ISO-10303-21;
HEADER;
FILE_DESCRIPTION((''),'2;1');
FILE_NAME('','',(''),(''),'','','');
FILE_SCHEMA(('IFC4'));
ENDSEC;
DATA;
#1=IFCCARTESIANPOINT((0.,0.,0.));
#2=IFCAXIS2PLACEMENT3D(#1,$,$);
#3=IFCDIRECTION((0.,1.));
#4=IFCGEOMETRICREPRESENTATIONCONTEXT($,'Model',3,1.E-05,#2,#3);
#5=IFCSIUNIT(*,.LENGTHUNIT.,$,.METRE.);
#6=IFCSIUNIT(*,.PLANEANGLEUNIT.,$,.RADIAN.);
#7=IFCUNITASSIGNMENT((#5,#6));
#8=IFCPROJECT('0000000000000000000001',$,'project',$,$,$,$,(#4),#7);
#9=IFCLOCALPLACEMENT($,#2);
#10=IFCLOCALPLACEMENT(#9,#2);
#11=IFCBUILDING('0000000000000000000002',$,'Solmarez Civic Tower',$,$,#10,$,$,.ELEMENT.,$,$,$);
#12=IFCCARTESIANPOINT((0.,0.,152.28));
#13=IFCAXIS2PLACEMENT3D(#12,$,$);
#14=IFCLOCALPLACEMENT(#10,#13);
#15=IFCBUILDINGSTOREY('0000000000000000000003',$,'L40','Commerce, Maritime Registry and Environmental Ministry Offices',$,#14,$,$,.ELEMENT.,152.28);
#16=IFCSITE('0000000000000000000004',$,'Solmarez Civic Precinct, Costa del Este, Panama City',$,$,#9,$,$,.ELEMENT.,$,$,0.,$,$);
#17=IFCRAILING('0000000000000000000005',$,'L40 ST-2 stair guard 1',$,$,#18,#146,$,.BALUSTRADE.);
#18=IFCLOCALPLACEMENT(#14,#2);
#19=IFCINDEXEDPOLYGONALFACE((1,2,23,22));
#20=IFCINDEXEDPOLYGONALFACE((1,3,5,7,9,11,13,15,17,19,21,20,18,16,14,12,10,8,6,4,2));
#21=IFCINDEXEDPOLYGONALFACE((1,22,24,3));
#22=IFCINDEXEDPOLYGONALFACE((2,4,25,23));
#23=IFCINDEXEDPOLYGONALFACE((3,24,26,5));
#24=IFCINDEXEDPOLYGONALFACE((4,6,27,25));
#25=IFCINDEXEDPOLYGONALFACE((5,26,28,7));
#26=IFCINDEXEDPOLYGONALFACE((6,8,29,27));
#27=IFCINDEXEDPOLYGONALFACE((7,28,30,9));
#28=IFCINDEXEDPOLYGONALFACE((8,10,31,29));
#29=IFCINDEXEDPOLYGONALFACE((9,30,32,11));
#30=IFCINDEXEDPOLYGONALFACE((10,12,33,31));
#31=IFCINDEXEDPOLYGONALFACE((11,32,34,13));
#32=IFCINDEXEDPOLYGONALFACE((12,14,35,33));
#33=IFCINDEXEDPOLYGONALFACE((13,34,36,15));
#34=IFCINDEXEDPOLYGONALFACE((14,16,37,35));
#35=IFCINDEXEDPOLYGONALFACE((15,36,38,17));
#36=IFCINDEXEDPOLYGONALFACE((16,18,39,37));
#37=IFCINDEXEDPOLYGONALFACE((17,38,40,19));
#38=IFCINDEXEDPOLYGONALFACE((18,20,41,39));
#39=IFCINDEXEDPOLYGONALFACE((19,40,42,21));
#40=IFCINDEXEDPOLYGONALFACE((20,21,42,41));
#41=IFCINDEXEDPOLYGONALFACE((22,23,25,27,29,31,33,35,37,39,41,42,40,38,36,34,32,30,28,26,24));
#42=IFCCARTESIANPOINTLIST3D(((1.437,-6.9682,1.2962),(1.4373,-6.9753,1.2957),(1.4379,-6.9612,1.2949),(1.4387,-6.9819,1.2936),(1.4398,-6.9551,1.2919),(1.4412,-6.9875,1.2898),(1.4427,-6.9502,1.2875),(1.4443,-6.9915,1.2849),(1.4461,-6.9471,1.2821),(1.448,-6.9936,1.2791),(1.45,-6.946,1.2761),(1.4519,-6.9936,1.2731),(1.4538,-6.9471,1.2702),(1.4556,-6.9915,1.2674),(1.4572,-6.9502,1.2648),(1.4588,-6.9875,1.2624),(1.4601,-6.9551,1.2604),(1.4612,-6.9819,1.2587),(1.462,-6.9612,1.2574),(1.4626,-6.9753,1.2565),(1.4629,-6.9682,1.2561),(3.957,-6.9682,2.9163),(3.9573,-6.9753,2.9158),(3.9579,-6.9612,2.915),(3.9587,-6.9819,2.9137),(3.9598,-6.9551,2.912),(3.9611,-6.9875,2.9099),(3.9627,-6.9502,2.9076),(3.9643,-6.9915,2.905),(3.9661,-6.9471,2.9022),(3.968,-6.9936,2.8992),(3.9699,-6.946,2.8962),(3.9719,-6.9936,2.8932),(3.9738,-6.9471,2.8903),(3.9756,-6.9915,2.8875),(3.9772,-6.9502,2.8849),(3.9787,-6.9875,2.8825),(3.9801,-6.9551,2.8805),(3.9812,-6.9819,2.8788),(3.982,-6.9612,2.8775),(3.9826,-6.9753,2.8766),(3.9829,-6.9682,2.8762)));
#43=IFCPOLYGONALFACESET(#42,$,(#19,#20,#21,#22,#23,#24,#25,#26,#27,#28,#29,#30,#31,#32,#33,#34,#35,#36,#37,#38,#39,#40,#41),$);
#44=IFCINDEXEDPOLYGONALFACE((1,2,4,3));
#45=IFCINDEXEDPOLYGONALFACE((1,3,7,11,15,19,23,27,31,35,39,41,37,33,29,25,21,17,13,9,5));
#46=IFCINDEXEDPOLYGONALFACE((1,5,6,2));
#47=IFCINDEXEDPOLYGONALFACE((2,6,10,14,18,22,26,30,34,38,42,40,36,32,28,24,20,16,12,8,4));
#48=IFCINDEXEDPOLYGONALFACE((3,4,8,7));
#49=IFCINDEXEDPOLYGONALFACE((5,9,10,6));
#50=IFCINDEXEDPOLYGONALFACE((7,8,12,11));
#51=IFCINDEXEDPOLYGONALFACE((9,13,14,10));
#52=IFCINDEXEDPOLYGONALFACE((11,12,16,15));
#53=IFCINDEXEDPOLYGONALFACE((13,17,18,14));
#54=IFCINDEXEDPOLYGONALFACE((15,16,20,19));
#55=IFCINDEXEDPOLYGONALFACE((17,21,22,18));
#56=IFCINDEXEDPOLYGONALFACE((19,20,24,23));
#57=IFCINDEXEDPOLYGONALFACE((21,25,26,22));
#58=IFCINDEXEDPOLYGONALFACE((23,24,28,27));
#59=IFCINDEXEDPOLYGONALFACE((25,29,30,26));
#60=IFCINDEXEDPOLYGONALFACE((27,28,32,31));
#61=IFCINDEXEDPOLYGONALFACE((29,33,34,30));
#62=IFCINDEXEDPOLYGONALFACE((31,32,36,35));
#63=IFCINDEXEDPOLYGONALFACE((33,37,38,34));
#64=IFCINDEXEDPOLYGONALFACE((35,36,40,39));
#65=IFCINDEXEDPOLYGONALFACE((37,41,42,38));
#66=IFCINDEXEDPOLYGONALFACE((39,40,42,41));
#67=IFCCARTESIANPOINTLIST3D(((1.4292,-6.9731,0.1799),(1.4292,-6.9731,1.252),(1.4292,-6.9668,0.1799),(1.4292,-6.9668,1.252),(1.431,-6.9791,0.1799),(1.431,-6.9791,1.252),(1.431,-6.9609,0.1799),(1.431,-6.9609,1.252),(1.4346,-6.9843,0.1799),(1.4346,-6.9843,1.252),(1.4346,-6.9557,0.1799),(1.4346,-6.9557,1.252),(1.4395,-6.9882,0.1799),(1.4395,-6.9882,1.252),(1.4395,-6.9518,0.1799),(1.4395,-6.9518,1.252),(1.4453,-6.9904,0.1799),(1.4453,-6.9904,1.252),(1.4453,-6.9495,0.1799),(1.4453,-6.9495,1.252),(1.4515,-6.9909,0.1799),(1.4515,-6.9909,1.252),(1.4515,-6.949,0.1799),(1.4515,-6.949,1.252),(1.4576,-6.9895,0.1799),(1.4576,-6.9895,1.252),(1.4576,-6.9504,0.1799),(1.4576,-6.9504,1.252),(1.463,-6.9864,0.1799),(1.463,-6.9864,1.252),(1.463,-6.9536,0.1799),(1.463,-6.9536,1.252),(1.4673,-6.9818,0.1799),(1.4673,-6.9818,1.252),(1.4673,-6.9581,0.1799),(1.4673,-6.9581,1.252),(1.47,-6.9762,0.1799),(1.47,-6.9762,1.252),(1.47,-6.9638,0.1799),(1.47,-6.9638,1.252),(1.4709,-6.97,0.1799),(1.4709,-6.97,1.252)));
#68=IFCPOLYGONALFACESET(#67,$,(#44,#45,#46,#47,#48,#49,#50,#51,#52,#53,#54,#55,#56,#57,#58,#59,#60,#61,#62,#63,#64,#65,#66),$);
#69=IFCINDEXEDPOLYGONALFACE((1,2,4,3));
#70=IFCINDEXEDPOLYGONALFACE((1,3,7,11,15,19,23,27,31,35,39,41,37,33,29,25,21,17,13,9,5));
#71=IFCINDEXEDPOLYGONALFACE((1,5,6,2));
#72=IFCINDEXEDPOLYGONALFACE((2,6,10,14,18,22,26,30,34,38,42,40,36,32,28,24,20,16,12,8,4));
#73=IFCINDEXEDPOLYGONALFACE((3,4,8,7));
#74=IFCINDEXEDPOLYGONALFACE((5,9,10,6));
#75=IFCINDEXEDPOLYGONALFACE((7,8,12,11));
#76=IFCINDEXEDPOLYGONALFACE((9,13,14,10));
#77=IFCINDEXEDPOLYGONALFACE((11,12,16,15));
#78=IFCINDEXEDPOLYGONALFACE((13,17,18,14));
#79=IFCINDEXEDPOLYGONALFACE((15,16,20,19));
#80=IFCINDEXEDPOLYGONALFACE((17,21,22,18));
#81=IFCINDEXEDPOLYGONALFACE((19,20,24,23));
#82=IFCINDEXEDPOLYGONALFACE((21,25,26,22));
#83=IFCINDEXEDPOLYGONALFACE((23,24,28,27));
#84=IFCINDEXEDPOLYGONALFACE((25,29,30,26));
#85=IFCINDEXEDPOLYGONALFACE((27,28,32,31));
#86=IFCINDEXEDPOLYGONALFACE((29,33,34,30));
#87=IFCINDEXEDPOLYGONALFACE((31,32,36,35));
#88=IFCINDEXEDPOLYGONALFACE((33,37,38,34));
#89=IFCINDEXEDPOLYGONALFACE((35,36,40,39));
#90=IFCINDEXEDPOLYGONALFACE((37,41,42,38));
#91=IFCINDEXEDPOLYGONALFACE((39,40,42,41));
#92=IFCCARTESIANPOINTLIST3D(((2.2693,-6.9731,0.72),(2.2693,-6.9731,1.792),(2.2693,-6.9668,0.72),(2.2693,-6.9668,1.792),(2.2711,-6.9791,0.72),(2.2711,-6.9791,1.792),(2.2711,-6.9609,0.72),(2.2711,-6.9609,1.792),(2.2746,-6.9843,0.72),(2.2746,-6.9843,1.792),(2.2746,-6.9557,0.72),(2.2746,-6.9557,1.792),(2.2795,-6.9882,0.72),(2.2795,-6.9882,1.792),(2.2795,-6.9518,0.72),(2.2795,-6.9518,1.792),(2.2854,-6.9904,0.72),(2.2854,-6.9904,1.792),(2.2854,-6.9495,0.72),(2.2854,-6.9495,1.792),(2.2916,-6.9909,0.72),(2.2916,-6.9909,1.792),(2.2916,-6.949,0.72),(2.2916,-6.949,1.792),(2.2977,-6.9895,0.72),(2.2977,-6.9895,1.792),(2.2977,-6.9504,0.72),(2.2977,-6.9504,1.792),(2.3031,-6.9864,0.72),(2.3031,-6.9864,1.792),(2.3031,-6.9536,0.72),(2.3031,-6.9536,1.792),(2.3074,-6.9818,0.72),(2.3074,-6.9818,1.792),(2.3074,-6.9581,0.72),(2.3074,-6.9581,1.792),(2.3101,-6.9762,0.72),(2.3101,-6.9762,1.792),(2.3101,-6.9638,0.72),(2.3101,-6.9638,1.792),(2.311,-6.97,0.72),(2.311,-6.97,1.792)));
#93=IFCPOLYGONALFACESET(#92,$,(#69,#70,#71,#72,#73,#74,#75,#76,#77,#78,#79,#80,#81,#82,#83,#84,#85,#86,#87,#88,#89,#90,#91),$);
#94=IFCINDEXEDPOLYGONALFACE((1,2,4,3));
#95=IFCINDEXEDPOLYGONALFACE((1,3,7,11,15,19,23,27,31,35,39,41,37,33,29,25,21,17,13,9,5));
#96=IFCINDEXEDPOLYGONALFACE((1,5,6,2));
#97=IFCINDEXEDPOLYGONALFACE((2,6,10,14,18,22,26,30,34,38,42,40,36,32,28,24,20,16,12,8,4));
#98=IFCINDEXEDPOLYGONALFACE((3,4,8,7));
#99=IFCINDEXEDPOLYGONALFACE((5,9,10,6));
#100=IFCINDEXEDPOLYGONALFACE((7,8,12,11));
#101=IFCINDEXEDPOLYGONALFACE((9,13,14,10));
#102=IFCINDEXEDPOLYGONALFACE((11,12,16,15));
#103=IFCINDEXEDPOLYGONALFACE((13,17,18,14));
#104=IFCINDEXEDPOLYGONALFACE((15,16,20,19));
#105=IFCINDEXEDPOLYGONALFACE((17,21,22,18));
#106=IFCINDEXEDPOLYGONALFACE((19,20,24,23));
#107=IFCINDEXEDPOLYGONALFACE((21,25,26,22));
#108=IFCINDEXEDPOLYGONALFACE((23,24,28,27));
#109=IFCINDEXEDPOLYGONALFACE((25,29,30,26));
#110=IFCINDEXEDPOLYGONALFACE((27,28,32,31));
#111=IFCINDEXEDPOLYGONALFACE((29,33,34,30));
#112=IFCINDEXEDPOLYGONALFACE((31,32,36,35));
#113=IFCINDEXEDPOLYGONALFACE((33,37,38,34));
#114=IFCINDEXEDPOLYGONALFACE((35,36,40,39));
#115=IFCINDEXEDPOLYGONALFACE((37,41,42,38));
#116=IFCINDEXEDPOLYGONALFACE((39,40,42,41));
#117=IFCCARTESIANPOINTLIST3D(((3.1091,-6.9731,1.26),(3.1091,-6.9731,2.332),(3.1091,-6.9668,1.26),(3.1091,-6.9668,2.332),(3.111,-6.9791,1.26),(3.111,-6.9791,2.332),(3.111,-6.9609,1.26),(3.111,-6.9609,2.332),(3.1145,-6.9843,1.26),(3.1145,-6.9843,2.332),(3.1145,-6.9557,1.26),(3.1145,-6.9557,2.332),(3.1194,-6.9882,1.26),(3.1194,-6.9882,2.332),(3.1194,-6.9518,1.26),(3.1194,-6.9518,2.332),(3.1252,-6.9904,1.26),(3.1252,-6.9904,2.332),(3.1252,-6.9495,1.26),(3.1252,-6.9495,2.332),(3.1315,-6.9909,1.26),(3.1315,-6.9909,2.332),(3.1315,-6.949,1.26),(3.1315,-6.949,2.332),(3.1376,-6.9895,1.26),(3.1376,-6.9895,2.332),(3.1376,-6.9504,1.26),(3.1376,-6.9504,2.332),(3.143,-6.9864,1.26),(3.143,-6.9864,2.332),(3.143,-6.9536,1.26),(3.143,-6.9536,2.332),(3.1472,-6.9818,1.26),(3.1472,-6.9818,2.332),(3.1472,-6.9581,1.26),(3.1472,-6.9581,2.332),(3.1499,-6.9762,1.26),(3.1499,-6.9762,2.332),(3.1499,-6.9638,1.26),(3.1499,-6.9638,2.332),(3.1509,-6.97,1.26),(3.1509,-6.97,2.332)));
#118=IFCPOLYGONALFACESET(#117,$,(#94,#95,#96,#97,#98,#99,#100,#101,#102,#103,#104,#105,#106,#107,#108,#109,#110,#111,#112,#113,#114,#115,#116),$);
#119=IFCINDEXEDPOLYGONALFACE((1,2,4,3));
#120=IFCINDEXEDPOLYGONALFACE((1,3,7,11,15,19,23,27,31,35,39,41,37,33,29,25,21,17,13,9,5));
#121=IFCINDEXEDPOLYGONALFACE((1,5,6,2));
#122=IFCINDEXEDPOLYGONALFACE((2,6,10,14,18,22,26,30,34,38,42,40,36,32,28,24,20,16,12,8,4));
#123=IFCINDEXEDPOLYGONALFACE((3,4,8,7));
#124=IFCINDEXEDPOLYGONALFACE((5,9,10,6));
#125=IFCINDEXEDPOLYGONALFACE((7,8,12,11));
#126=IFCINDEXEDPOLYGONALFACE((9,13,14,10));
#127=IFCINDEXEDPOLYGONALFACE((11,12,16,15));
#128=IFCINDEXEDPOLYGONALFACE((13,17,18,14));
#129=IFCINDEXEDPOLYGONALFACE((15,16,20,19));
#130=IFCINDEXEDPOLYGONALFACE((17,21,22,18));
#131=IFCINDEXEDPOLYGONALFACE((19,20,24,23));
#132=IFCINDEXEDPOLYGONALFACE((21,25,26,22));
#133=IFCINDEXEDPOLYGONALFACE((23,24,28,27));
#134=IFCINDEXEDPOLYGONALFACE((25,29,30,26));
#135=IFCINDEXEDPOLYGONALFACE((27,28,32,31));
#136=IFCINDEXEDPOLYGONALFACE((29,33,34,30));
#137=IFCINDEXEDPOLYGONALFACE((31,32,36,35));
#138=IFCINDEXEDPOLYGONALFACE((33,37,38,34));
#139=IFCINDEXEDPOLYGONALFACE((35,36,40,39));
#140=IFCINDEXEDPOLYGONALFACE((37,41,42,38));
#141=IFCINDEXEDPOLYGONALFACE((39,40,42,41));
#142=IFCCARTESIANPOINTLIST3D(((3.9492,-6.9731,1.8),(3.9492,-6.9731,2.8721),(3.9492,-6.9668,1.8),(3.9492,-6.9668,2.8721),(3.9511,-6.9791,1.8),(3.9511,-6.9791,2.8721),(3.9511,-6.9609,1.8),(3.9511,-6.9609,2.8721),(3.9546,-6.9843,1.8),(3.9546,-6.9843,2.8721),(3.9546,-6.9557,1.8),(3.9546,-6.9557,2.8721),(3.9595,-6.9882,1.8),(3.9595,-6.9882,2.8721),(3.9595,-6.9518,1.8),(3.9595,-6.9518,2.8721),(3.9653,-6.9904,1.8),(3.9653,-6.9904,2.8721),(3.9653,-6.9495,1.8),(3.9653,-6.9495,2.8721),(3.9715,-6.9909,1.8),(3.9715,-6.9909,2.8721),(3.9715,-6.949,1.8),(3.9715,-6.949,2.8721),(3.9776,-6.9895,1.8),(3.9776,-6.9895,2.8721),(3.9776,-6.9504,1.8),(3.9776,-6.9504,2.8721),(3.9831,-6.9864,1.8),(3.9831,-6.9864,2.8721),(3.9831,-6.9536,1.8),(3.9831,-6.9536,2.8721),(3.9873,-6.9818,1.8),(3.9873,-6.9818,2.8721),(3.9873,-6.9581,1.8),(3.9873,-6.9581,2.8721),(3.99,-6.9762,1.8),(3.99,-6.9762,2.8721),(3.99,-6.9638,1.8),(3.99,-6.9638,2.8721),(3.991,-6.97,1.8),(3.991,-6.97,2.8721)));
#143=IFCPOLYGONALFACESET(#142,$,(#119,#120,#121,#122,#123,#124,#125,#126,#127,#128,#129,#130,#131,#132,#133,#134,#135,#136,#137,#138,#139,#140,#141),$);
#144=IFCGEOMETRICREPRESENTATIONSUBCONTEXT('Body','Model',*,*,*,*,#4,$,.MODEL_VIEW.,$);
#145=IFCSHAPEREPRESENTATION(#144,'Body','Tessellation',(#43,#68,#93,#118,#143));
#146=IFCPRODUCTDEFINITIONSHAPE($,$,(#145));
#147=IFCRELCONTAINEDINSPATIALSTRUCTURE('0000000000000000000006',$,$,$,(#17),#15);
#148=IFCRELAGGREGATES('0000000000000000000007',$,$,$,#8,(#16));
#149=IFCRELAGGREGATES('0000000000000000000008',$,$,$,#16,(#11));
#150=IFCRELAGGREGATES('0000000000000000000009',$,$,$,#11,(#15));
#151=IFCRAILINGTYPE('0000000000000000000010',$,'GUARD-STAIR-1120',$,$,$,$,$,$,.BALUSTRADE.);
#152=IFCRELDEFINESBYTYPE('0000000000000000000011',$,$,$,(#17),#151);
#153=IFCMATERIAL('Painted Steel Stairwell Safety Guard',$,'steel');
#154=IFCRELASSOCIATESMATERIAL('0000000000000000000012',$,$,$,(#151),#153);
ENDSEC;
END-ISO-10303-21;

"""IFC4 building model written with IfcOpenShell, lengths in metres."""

from ifc_helpers import new_model, si_unit, direction, frame, origin, origin_2d, place, context, subcontext, project, spatial, circle, extrude, material, type_object, element, save


model = new_model("IFC4")

# Units and contexts
model_context = context("Model", 3, precision=1e-05, world=origin(), true_north=direction((0.0, 1.0)))
body_context = subcontext(model_context, "Body", "Model", "MODEL_VIEW")
ifc_project = project(units=[si_unit("LENGTHUNIT", "METRE"), si_unit("PLANEANGLEUNIT", "RADIAN")], contexts=[model_context])

# Site, building, storey
site_placement = place(None, origin())
site = spatial("IfcSite", under=ifc_project, at=site_placement, Name="Solmarez Civic Precinct, Costa del Este, Panama City", CompositionType="ELEMENT", RefElevation=0.0)
building_placement = place(site_placement, origin())
building = spatial("IfcBuilding", under=site, at=building_placement, Name="Solmarez Civic Tower", CompositionType="ELEMENT")
storey_placement = place(building_placement, frame((0.0, 0.0, 152.28)))
storey = spatial("IfcBuildingStorey", under=building, at=storey_placement, Name="L40", Description="Commerce, Maritime Registry and Environmental Ministry Offices", CompositionType="ELEMENT", Elevation=152.28)

# Railing
ifc_material_1 = material(Name="Painted Steel Stairwell Safety Guard", Category="steel")
railing_type_1 = type_object("IfcRailingType", Name="GUARD-STAIR-1120", PredefinedType="BALUSTRADE", material=ifc_material_1)
railing_1_placement = place(storey_placement, frame((1.45, -6.97, 0.1799)))
element("IfcRailing", 1, at=railing_1_placement, inside=storey, type_object=railing_type_1, Name="L40 ST-2 stair guard 1", PredefinedType="BALUSTRADE", context=body_context, shape_type="SweptSolid", body=[
    extrude(circle(Radius=0.0239, at=origin_2d()), frame((0.0, 0.0, 1.0962), z_axis=(0.841163, 0.0, 0.540782), x_axis=(0.0, 1.0, 0.0)), (0.0, 0.0, 1.0), 2.9958),
    extrude(circle(Radius=0.021, at=origin_2d()), origin(), (0.0, 0.0, 1.0), 1.072),
    extrude(circle(Radius=0.021, at=origin_2d()), frame((0.8401, 0.0, 0.54)), (0.0, 0.0, 1.0), 1.072),
    extrude(circle(Radius=0.021, at=origin_2d()), frame((1.6799, 0.0, 1.0801)), (0.0, 0.0, 1.0), 1.072),
    extrude(circle(Radius=0.021, at=origin_2d()), frame((2.52, 0.0, 1.6201)), (0.0, 0.0, 1.0), 1.072),
])

save(model, "model.ifc")
